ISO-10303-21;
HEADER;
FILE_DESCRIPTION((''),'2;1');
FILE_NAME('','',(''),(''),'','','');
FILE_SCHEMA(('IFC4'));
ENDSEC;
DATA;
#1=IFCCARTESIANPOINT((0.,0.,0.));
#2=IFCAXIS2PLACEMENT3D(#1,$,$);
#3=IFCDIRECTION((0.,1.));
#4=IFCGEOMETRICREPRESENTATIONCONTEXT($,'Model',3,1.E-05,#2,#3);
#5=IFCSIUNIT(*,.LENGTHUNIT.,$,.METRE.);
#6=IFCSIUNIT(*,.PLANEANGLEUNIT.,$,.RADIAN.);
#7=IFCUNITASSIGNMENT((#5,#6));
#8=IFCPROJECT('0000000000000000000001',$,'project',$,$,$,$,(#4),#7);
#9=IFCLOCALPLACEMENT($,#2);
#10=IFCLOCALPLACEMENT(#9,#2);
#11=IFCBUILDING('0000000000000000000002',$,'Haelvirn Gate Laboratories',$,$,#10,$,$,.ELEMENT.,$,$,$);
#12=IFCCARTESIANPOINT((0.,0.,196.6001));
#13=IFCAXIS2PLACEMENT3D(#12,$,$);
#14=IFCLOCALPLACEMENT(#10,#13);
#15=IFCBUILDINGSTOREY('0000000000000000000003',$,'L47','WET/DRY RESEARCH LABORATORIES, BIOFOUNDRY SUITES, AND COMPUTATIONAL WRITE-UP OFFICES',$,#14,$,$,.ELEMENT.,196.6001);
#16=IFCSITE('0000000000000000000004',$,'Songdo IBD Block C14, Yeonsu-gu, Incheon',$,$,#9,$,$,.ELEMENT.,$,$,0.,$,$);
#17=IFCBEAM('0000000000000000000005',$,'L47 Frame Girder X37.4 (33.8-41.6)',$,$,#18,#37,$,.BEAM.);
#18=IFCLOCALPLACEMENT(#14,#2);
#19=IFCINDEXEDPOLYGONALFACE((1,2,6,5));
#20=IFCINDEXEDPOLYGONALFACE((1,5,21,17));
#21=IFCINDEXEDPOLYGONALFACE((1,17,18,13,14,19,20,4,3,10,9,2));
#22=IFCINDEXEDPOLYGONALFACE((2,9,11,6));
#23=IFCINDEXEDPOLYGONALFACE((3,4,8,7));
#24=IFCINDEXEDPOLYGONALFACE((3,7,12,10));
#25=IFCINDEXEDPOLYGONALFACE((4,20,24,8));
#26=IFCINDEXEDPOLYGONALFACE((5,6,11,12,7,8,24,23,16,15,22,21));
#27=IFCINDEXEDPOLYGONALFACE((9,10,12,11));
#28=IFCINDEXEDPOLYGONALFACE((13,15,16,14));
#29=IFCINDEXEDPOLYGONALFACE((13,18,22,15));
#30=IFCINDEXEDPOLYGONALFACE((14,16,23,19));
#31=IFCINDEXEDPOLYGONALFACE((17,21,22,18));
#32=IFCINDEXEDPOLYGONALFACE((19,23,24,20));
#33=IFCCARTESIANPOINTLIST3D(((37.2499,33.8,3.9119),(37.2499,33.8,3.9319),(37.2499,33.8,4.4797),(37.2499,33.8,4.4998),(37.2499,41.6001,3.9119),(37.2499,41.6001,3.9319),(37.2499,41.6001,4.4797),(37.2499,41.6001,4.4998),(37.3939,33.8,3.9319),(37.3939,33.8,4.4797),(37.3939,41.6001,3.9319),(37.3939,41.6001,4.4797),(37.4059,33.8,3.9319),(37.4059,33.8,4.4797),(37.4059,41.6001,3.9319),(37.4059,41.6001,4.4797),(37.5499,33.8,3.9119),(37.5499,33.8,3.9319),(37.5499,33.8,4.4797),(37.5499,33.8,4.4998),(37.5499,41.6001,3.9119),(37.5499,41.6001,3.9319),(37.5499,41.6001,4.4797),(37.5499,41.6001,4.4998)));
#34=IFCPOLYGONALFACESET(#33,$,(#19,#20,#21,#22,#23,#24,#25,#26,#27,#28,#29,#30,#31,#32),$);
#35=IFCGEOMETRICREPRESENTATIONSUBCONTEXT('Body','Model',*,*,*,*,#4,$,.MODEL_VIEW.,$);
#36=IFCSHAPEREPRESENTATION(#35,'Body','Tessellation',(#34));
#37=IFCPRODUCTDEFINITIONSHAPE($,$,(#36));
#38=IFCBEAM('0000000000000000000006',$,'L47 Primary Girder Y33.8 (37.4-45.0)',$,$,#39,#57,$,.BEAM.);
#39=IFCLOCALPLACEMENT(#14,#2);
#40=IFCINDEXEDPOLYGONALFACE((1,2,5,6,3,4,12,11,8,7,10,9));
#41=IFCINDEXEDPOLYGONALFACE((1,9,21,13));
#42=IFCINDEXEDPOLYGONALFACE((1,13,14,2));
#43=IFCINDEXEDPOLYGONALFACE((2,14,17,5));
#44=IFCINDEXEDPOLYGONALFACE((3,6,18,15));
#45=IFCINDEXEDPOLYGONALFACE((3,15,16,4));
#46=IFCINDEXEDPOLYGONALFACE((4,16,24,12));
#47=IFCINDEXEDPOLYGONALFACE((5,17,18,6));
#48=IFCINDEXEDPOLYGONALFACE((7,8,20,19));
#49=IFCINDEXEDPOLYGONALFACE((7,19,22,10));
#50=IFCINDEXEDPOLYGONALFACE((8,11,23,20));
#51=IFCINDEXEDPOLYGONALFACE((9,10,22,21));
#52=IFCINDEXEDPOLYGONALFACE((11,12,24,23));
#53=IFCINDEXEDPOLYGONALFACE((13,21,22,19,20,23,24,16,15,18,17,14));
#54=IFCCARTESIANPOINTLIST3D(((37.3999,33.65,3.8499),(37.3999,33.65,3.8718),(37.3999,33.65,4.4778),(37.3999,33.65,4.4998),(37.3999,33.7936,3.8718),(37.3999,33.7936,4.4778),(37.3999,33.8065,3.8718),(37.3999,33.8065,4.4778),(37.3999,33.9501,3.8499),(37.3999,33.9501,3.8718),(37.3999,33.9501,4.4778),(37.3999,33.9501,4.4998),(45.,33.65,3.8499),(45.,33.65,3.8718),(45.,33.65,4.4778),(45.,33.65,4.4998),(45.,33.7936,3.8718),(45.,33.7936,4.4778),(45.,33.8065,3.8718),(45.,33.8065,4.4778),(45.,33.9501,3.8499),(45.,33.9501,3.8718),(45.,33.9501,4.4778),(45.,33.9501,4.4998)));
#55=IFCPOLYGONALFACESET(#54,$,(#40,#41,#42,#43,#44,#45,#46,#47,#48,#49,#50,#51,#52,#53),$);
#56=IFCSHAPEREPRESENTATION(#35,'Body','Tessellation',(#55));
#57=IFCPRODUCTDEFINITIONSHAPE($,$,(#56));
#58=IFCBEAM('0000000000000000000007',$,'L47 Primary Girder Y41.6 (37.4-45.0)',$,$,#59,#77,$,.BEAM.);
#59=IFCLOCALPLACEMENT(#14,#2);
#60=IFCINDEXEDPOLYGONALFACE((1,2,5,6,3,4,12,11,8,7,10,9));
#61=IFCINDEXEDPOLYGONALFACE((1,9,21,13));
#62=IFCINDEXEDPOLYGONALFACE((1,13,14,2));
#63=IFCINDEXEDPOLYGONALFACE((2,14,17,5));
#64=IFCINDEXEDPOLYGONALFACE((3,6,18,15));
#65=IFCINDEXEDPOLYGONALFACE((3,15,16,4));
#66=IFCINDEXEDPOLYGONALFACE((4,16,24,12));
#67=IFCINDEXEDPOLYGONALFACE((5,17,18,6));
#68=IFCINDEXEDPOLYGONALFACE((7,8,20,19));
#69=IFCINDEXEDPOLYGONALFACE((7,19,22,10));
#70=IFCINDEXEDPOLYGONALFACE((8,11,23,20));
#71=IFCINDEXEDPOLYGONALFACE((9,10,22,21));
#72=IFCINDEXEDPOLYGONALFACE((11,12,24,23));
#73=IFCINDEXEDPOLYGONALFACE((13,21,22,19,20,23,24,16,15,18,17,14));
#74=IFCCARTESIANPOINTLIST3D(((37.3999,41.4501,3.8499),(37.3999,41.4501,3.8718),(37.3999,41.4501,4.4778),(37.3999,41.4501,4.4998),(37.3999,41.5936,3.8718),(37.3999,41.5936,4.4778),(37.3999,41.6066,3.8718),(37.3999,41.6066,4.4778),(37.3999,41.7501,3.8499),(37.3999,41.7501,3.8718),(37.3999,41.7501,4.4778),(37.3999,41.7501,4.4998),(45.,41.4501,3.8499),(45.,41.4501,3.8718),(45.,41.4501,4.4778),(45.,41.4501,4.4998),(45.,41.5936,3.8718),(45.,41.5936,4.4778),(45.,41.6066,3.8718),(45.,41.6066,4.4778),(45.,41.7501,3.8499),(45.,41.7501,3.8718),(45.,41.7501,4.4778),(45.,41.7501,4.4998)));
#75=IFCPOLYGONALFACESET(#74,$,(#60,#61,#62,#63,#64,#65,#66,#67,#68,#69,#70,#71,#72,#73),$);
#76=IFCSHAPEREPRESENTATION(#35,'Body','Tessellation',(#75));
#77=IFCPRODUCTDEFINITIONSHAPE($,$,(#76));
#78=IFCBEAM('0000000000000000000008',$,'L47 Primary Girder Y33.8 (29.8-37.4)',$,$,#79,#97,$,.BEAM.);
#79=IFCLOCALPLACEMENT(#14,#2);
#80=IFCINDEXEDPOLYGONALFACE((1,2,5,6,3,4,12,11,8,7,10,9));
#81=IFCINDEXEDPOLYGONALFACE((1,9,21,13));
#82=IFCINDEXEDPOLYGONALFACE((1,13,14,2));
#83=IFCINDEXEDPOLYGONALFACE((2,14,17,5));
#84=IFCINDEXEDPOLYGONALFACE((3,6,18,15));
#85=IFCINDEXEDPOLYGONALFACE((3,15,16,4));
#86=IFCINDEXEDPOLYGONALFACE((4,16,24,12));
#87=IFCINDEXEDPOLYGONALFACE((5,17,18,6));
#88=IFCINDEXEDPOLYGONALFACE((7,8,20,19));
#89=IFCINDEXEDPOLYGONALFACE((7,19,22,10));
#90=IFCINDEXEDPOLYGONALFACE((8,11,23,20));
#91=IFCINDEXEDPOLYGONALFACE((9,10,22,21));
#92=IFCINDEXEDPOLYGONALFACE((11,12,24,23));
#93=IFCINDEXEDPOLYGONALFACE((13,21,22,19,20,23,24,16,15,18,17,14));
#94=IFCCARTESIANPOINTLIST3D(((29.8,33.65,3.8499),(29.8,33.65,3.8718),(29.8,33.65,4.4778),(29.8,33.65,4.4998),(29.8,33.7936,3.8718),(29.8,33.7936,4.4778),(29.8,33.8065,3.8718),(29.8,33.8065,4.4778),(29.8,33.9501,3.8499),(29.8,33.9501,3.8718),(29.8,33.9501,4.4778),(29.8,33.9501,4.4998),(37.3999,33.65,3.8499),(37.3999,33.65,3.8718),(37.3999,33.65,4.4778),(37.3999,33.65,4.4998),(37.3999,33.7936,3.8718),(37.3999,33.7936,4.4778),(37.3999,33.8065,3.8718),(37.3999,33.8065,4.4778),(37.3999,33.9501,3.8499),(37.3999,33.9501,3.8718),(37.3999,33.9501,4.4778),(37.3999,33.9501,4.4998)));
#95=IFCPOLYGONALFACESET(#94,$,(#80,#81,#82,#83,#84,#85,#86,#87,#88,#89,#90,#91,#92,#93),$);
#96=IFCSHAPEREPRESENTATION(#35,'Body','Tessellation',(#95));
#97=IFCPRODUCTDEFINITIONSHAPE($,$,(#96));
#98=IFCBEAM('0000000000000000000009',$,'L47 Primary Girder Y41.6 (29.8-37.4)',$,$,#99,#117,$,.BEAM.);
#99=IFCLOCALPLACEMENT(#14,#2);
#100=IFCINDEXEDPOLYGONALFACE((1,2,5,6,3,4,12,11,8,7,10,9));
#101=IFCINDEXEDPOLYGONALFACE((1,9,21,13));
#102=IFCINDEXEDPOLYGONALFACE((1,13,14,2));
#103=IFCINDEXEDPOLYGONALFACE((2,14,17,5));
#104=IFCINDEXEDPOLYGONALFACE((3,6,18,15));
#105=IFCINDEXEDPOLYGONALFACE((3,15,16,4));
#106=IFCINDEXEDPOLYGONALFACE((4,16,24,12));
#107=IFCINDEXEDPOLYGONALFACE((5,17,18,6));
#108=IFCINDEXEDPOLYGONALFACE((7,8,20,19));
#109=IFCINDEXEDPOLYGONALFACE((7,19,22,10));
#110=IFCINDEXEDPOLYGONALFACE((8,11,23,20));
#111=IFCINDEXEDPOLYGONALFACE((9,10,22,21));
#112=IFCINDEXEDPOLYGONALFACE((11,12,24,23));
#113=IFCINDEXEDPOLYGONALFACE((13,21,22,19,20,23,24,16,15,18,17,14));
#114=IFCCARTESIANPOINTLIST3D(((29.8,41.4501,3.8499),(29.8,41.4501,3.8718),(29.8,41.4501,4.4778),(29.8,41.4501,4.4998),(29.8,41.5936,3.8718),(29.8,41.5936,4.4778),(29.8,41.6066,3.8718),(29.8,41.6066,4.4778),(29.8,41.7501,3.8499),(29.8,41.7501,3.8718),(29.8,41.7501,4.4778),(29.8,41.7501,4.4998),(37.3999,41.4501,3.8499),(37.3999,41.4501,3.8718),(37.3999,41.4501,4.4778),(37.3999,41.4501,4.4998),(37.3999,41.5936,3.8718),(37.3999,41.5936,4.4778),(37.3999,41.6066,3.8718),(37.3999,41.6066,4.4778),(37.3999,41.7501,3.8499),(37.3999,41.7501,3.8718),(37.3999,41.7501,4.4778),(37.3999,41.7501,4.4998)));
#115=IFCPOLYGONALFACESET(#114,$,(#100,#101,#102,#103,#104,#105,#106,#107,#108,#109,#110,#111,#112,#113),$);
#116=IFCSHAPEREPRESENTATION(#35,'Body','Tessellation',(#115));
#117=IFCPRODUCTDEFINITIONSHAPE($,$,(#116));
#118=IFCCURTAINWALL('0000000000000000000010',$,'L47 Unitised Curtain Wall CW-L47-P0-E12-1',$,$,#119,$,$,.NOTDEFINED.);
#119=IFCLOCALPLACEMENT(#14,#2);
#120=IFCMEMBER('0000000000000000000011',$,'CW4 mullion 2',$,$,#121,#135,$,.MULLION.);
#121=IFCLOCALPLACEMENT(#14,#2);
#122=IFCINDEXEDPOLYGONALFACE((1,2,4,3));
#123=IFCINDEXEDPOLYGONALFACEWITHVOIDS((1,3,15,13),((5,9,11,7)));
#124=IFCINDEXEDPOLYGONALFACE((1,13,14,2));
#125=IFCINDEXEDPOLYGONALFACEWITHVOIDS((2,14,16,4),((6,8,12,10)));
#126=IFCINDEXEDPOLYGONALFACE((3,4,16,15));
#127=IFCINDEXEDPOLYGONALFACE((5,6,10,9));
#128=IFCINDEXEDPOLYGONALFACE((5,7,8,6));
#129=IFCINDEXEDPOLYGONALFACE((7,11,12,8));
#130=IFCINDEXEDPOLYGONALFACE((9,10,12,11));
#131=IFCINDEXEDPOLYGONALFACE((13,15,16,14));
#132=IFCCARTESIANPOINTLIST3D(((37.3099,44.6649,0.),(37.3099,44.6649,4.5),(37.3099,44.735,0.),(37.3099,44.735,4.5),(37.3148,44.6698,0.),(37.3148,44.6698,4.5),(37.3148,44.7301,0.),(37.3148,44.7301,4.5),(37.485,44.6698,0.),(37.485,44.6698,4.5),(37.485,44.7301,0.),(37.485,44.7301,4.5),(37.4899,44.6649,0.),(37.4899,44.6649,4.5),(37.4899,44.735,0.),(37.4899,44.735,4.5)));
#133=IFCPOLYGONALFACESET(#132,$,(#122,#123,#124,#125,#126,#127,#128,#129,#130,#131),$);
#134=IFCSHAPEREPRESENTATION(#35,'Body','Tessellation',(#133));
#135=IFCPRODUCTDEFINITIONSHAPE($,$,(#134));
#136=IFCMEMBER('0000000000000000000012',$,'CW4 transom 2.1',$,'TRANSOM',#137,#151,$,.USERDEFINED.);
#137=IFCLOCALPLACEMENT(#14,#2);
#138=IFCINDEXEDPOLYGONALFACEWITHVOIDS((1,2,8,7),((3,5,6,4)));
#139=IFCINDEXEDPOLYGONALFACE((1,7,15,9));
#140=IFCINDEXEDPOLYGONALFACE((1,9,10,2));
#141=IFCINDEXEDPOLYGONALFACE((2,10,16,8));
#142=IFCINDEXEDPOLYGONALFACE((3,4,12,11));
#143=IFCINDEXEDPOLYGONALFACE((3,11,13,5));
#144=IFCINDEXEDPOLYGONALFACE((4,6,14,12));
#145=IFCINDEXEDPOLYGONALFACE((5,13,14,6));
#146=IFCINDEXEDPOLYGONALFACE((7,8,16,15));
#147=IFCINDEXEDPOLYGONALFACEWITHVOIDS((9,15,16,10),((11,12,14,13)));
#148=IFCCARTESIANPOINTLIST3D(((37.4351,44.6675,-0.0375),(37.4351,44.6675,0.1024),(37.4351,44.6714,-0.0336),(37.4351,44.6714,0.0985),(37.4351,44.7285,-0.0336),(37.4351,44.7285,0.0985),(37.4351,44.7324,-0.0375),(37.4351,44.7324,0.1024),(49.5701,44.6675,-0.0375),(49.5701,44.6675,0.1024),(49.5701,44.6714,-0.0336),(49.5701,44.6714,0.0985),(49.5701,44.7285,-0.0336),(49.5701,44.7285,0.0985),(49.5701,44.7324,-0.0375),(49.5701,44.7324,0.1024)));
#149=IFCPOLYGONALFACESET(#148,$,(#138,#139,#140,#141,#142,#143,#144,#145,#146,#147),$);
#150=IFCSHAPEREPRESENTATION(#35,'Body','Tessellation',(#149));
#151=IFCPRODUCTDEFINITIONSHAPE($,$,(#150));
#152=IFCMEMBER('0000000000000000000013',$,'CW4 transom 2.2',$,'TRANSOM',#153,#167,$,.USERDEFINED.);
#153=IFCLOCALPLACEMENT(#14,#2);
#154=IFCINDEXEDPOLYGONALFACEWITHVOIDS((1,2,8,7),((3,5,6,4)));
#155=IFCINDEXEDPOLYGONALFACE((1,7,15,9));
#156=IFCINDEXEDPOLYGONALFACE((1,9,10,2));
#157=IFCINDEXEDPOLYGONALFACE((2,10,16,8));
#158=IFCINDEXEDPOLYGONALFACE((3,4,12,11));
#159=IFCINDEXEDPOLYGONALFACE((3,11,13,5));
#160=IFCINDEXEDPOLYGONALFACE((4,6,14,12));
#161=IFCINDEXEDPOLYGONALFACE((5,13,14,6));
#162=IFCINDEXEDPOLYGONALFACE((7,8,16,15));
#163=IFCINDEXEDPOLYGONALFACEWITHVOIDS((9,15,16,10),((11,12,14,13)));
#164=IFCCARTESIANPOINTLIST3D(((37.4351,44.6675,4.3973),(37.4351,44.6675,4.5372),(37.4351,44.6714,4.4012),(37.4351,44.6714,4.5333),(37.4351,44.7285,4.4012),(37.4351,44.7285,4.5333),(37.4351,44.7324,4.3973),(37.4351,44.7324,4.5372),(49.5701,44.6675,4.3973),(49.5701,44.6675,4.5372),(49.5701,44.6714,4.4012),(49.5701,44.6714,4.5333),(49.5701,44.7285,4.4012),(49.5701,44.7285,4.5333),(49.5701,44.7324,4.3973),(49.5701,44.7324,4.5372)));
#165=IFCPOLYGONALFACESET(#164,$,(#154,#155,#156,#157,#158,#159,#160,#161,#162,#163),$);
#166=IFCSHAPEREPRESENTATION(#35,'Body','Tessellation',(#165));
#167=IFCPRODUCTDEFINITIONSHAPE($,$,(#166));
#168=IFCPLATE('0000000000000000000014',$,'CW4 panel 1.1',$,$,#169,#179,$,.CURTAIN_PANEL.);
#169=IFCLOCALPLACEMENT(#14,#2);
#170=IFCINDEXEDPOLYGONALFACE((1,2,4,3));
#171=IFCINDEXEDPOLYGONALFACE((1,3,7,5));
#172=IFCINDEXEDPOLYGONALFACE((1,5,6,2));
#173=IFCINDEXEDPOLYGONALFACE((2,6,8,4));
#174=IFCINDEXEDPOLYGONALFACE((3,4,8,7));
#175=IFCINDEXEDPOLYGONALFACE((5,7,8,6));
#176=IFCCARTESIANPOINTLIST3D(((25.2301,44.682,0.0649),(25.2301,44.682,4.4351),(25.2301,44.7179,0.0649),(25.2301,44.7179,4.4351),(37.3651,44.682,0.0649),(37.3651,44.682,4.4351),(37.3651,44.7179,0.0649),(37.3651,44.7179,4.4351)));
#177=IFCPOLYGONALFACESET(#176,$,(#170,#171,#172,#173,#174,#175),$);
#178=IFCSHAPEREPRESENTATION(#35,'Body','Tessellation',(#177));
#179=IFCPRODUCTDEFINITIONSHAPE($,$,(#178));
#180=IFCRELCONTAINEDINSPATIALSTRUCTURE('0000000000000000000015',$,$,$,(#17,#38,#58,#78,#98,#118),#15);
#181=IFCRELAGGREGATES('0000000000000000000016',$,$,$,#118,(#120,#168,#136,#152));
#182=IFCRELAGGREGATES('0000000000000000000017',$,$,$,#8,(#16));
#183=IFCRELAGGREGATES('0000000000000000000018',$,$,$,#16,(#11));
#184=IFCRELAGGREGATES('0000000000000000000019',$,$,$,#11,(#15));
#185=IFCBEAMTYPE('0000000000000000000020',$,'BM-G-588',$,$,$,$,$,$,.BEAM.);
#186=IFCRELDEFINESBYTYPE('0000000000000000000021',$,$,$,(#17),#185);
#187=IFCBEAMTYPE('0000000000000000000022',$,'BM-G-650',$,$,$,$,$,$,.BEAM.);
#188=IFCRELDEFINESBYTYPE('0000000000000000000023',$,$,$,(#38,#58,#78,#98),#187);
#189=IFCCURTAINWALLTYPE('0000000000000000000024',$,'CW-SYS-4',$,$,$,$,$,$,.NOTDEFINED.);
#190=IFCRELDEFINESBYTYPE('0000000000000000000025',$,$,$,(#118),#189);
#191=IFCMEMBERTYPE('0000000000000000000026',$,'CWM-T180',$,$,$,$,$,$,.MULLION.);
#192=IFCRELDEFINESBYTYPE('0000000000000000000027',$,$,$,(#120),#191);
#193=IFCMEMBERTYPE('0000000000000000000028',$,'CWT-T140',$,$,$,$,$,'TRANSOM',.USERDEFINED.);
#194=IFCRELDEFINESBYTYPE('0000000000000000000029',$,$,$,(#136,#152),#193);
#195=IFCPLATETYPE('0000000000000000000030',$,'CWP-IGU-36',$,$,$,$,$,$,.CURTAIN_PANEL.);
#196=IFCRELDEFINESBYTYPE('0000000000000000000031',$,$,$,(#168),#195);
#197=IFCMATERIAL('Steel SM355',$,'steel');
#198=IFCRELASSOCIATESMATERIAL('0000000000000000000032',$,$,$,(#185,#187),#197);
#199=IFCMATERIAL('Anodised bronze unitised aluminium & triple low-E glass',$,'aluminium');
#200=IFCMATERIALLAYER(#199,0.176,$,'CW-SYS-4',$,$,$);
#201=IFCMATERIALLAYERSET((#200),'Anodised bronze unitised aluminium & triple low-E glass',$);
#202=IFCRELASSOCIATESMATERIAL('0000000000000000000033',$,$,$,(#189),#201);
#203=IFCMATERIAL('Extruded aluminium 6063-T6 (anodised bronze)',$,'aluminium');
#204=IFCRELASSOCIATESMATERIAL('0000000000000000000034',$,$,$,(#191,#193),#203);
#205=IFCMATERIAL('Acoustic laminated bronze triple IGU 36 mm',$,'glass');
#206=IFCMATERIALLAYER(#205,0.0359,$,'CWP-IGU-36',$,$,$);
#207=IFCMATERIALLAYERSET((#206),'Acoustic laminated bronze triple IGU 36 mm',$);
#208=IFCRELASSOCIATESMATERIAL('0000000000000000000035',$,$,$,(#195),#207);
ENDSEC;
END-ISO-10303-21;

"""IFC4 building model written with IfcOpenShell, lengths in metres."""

from ifc_helpers import new_model, si_unit, direction, frame, origin, origin_2d, place, context, subcontext, project, spatial, rectangle, hollow_rectangle, i_section, extrude, source, transform, mapped, material, layer, layer_set, material_profile, profile_set, type_object, type_shapes, element, aggregate, save


model = new_model("IFC4")

# Units and contexts
model_context = context("Model", 3, precision=1e-05, world=origin(), true_north=direction((0.0, 1.0)))
body_context = subcontext(model_context, "Body", "Model", "MODEL_VIEW")
ifc_project = project(units=[si_unit("LENGTHUNIT", "METRE"), si_unit("PLANEANGLEUNIT", "RADIAN")], contexts=[model_context])

# Site, building, storey
site_placement = place(None, origin())
site = spatial("IfcSite", under=ifc_project, at=site_placement, Name="Songdo IBD Block C14, Yeonsu-gu, Incheon", CompositionType="ELEMENT", RefElevation=0.0)
building_placement = place(site_placement, origin())
building = spatial("IfcBuilding", under=site, at=building_placement, Name="Haelvirn Gate Laboratories", CompositionType="ELEMENT")
storey_placement = place(building_placement, frame((0.0, 0.0, 196.6001)))
storey = spatial("IfcBuildingStorey", under=building, at=storey_placement, Name="L47", Description="WET/DRY RESEARCH LABORATORIES, BIOFOUNDRY SUITES, AND COMPUTATIONAL WRITE-UP OFFICES", CompositionType="ELEMENT", Elevation=196.6001)

# Shared definitions
ifc_material_1 = material(Name="Steel SM355", Category="steel")

# Beams
ifc_material_profile_1 = material_profile(ifc_material_1, i_section(OverallWidth=0.3, OverallDepth=0.5879, WebThickness=0.012, FlangeThickness=0.02, at=origin_2d()), Name="H-588x300x12x20")
ifc_profile_set_1 = profile_set([ifc_material_profile_1], Name="Steel SM355")
beam_type_1 = type_object("IfcBeamType", Name="BM-G-588", PredefinedType="BEAM", material=ifc_profile_set_1)
shared_shape_1 = source(origin(), body_context, "Body", "SweptSolid", [
    extrude(i_section(OverallWidth=0.3, OverallDepth=0.5879, WebThickness=0.012, FlangeThickness=0.02, at=origin_2d()), origin(), (0.0, 0.0, 1.0), 7.8),
])
type_shapes(beam_type_1, [shared_shape_1])
for number, where, z_axis, x_axis, name in (
    (1, (37.3999, 33.8, 4.2058), (0.0, 1.0, 0.0), (-1.0, 0.0, 0.0), "L47 Frame Girder X37.4 (33.8-41.6)"),
):
    element("IfcBeam", number, at=place(storey_placement, frame(where, z_axis=z_axis, x_axis=x_axis)), inside=storey, type_object=beam_type_1, Name=name, PredefinedType="BEAM", context=body_context, shape_type="MappedRepresentation", body=[
        mapped(shared_shape_1, transform((0.0, 0.0, 0.0), scale=1.0)),
    ])
ifc_material_profile_2 = material_profile(ifc_material_1, i_section(OverallWidth=0.3, OverallDepth=0.6499, WebThickness=0.0129, FlangeThickness=0.022, at=origin_2d()), Name="H-650x300x13x22")
ifc_profile_set_2 = profile_set([ifc_material_profile_2], Name="Steel SM355")
beam_type_2 = type_object("IfcBeamType", Name="BM-G-650", PredefinedType="BEAM", material=ifc_profile_set_2)
shared_shape_2 = source(origin(), body_context, "Body", "SweptSolid", [
    extrude(i_section(OverallWidth=0.3, OverallDepth=0.6499, WebThickness=0.0129, FlangeThickness=0.022, at=origin_2d()), origin(), (0.0, 0.0, 1.0), 7.6001),
])
for number, where, z_axis, x_axis, name in (
    (2, (37.3999, 33.8, 4.1748), (1.0, 0.0, 0.0), (0.0, 1.0, 0.0), "L47 Primary Girder Y33.8 (37.4-45.0)"),
    (3, (37.3999, 41.6001, 4.1748), (1.0, 0.0, 0.0), (0.0, 1.0, 0.0), "L47 Primary Girder Y41.6 (37.4-45.0)"),
):
    element("IfcBeam", number, at=place(storey_placement, frame(where, z_axis=z_axis, x_axis=x_axis)), inside=storey, type_object=beam_type_2, Name=name, PredefinedType="BEAM", context=body_context, shape_type="MappedRepresentation", body=[
        mapped(shared_shape_2, transform((0.0, 0.0, 0.0), scale=1.0)),
    ])
shared_shape_3 = source(origin(), body_context, "Body", "SweptSolid", [
    extrude(i_section(OverallWidth=0.3, OverallDepth=0.6499, WebThickness=0.0129, FlangeThickness=0.022, at=origin_2d()), origin(), (0.0, 0.0, 1.0), 7.5999),
])
type_shapes(beam_type_2, [shared_shape_2, shared_shape_3])
for number, where, z_axis, x_axis, name in (
    (4, (29.8, 33.8, 4.1748), (1.0, 0.0, 0.0), (0.0, 1.0, 0.0), "L47 Primary Girder Y33.8 (29.8-37.4)"),
    (5, (29.8, 41.6001, 4.1748), (1.0, 0.0, 0.0), (0.0, 1.0, 0.0), "L47 Primary Girder Y41.6 (29.8-37.4)"),
):
    element("IfcBeam", number, at=place(storey_placement, frame(where, z_axis=z_axis, x_axis=x_axis)), inside=storey, type_object=beam_type_2, Name=name, PredefinedType="BEAM", context=body_context, shape_type="MappedRepresentation", body=[
        mapped(shared_shape_3, transform((0.0, 0.0, 0.0), scale=1.0)),
    ])

# Curtain wall, members, plate
ifc_material_2 = material(Name="Anodised bronze unitised aluminium & triple low-E glass", Category="aluminium")
ifc_layer_1 = layer(ifc_material_2, 0.176, Name="CW-SYS-4")
ifc_layer_set_1 = layer_set([ifc_layer_1], Name="Anodised bronze unitised aluminium & triple low-E glass")
curtain_wall_type = type_object("IfcCurtainWallType", Name="CW-SYS-4", PredefinedType="NOTDEFINED", material=ifc_layer_set_1)
curtain_wall_placement = place(storey_placement, origin())
curtain_wall = element("IfcCurtainWall", 6, at=curtain_wall_placement, inside=storey, type_object=curtain_wall_type, Name="L47 Unitised Curtain Wall CW-L47-P0-E12-1", PredefinedType="NOTDEFINED")
ifc_material_3 = material(Name="Extruded aluminium 6063-T6 (anodised bronze)", Category="aluminium")
ifc_material_profile_3 = material_profile(ifc_material_3, hollow_rectangle(XDim=0.0701, YDim=0.1799, WallThickness=0.0049, at=origin_2d()), Name="CWM-180x70x5")
ifc_profile_set_3 = profile_set([ifc_material_profile_3], Name="Extruded aluminium 6063-T6 (anodised bronze)")
member_type_1 = type_object("IfcMemberType", Name="CWM-T180", PredefinedType="MULLION", material=ifc_profile_set_3)
shared_shape_4 = source(origin(), body_context, "Body", "SweptSolid", [
    extrude(hollow_rectangle(XDim=0.0701, YDim=0.1799, WallThickness=0.0049, at=origin_2d()), origin(), (0.0, 0.0, 1.0), 4.5),
])
type_shapes(member_type_1, [shared_shape_4])
member_1_placement = place(storey_placement, frame((37.3999, 44.7, 0.0), z_axis=(0.0, 0.0, 1.0), x_axis=(0.0, 1.0, 0.0)))
member_1 = element("IfcMember", 7, at=member_1_placement, type_object=member_type_1, Name="CW4 mullion 2", PredefinedType="MULLION", context=body_context, shape_type="MappedRepresentation", body=[
    mapped(shared_shape_4, transform((0.0, 0.0, 0.0), scale=1.0)),
])
ifc_material_profile_4 = material_profile(ifc_material_3, hollow_rectangle(XDim=0.0649, YDim=0.1399, WallThickness=0.0039, at=origin_2d()), Name="CWT-140x65x4")
ifc_profile_set_4 = profile_set([ifc_material_profile_4], Name="Extruded aluminium 6063-T6 (anodised bronze)")
member_type_2 = type_object("IfcMemberType", Name="CWT-T140", ElementType="TRANSOM", PredefinedType="USERDEFINED", material=ifc_profile_set_4)
shared_shape_5 = source(origin(), body_context, "Body", "SweptSolid", [
    extrude(hollow_rectangle(XDim=0.0649, YDim=0.1399, WallThickness=0.0039, at=origin_2d()), origin(), (0.0, 0.0, 1.0), 12.135),
])
type_shapes(member_type_2, [shared_shape_5])
member_2_placement = place(storey_placement, frame((37.4351, 44.7, 0.0325), z_axis=(1.0, 0.0, 0.0), x_axis=(0.0, 1.0, 0.0)))
member_2 = element("IfcMember", 8, at=member_2_placement, type_object=member_type_2, Name="CW4 transom 2.1", ObjectType="TRANSOM", PredefinedType="USERDEFINED", context=body_context, shape_type="MappedRepresentation", body=[
    mapped(shared_shape_5, transform((0.0, 0.0, 0.0), scale=1.0)),
])
member_3_placement = place(storey_placement, frame((37.4351, 44.7, 4.4673), z_axis=(1.0, 0.0, 0.0), x_axis=(0.0, 1.0, 0.0)))
member_3 = element("IfcMember", 9, at=member_3_placement, type_object=member_type_2, Name="CW4 transom 2.2", ObjectType="TRANSOM", PredefinedType="USERDEFINED", context=body_context, shape_type="MappedRepresentation", body=[
    mapped(shared_shape_5, transform((0.0, 0.0, 0.0), scale=1.0)),
])
ifc_material_4 = material(Name="Acoustic laminated bronze triple IGU 36 mm", Category="glass")
ifc_layer_2 = layer(ifc_material_4, 0.0359, Name="CWP-IGU-36")
ifc_layer_set_2 = layer_set([ifc_layer_2], Name="Acoustic laminated bronze triple IGU 36 mm")
plate_type = type_object("IfcPlateType", Name="CWP-IGU-36", PredefinedType="CURTAIN_PANEL", material=ifc_layer_set_2)
shared_shape_6 = source(origin(), body_context, "Body", "SweptSolid", [
    extrude(rectangle(XDim=12.135, YDim=0.0359, at=origin_2d()), origin(), (0.0, 0.0, 1.0), 4.3701),
])
type_shapes(plate_type, [shared_shape_6])
plate_1_placement = place(storey_placement, frame((31.2976, 44.7, 0.0649), z_axis=(0.0, 0.0, 1.0), x_axis=(1.0, 0.0, 0.0)))
plate_1 = element("IfcPlate", 10, at=plate_1_placement, type_object=plate_type, Name="CW4 panel 1.1", PredefinedType="CURTAIN_PANEL", context=body_context, shape_type="MappedRepresentation", body=[
    mapped(shared_shape_6, transform((0.0, 0.0, 0.0), scale=1.0)),
])
aggregate(curtain_wall, [member_1, plate_1, member_2, member_3])

save(model, "model.ifc")
